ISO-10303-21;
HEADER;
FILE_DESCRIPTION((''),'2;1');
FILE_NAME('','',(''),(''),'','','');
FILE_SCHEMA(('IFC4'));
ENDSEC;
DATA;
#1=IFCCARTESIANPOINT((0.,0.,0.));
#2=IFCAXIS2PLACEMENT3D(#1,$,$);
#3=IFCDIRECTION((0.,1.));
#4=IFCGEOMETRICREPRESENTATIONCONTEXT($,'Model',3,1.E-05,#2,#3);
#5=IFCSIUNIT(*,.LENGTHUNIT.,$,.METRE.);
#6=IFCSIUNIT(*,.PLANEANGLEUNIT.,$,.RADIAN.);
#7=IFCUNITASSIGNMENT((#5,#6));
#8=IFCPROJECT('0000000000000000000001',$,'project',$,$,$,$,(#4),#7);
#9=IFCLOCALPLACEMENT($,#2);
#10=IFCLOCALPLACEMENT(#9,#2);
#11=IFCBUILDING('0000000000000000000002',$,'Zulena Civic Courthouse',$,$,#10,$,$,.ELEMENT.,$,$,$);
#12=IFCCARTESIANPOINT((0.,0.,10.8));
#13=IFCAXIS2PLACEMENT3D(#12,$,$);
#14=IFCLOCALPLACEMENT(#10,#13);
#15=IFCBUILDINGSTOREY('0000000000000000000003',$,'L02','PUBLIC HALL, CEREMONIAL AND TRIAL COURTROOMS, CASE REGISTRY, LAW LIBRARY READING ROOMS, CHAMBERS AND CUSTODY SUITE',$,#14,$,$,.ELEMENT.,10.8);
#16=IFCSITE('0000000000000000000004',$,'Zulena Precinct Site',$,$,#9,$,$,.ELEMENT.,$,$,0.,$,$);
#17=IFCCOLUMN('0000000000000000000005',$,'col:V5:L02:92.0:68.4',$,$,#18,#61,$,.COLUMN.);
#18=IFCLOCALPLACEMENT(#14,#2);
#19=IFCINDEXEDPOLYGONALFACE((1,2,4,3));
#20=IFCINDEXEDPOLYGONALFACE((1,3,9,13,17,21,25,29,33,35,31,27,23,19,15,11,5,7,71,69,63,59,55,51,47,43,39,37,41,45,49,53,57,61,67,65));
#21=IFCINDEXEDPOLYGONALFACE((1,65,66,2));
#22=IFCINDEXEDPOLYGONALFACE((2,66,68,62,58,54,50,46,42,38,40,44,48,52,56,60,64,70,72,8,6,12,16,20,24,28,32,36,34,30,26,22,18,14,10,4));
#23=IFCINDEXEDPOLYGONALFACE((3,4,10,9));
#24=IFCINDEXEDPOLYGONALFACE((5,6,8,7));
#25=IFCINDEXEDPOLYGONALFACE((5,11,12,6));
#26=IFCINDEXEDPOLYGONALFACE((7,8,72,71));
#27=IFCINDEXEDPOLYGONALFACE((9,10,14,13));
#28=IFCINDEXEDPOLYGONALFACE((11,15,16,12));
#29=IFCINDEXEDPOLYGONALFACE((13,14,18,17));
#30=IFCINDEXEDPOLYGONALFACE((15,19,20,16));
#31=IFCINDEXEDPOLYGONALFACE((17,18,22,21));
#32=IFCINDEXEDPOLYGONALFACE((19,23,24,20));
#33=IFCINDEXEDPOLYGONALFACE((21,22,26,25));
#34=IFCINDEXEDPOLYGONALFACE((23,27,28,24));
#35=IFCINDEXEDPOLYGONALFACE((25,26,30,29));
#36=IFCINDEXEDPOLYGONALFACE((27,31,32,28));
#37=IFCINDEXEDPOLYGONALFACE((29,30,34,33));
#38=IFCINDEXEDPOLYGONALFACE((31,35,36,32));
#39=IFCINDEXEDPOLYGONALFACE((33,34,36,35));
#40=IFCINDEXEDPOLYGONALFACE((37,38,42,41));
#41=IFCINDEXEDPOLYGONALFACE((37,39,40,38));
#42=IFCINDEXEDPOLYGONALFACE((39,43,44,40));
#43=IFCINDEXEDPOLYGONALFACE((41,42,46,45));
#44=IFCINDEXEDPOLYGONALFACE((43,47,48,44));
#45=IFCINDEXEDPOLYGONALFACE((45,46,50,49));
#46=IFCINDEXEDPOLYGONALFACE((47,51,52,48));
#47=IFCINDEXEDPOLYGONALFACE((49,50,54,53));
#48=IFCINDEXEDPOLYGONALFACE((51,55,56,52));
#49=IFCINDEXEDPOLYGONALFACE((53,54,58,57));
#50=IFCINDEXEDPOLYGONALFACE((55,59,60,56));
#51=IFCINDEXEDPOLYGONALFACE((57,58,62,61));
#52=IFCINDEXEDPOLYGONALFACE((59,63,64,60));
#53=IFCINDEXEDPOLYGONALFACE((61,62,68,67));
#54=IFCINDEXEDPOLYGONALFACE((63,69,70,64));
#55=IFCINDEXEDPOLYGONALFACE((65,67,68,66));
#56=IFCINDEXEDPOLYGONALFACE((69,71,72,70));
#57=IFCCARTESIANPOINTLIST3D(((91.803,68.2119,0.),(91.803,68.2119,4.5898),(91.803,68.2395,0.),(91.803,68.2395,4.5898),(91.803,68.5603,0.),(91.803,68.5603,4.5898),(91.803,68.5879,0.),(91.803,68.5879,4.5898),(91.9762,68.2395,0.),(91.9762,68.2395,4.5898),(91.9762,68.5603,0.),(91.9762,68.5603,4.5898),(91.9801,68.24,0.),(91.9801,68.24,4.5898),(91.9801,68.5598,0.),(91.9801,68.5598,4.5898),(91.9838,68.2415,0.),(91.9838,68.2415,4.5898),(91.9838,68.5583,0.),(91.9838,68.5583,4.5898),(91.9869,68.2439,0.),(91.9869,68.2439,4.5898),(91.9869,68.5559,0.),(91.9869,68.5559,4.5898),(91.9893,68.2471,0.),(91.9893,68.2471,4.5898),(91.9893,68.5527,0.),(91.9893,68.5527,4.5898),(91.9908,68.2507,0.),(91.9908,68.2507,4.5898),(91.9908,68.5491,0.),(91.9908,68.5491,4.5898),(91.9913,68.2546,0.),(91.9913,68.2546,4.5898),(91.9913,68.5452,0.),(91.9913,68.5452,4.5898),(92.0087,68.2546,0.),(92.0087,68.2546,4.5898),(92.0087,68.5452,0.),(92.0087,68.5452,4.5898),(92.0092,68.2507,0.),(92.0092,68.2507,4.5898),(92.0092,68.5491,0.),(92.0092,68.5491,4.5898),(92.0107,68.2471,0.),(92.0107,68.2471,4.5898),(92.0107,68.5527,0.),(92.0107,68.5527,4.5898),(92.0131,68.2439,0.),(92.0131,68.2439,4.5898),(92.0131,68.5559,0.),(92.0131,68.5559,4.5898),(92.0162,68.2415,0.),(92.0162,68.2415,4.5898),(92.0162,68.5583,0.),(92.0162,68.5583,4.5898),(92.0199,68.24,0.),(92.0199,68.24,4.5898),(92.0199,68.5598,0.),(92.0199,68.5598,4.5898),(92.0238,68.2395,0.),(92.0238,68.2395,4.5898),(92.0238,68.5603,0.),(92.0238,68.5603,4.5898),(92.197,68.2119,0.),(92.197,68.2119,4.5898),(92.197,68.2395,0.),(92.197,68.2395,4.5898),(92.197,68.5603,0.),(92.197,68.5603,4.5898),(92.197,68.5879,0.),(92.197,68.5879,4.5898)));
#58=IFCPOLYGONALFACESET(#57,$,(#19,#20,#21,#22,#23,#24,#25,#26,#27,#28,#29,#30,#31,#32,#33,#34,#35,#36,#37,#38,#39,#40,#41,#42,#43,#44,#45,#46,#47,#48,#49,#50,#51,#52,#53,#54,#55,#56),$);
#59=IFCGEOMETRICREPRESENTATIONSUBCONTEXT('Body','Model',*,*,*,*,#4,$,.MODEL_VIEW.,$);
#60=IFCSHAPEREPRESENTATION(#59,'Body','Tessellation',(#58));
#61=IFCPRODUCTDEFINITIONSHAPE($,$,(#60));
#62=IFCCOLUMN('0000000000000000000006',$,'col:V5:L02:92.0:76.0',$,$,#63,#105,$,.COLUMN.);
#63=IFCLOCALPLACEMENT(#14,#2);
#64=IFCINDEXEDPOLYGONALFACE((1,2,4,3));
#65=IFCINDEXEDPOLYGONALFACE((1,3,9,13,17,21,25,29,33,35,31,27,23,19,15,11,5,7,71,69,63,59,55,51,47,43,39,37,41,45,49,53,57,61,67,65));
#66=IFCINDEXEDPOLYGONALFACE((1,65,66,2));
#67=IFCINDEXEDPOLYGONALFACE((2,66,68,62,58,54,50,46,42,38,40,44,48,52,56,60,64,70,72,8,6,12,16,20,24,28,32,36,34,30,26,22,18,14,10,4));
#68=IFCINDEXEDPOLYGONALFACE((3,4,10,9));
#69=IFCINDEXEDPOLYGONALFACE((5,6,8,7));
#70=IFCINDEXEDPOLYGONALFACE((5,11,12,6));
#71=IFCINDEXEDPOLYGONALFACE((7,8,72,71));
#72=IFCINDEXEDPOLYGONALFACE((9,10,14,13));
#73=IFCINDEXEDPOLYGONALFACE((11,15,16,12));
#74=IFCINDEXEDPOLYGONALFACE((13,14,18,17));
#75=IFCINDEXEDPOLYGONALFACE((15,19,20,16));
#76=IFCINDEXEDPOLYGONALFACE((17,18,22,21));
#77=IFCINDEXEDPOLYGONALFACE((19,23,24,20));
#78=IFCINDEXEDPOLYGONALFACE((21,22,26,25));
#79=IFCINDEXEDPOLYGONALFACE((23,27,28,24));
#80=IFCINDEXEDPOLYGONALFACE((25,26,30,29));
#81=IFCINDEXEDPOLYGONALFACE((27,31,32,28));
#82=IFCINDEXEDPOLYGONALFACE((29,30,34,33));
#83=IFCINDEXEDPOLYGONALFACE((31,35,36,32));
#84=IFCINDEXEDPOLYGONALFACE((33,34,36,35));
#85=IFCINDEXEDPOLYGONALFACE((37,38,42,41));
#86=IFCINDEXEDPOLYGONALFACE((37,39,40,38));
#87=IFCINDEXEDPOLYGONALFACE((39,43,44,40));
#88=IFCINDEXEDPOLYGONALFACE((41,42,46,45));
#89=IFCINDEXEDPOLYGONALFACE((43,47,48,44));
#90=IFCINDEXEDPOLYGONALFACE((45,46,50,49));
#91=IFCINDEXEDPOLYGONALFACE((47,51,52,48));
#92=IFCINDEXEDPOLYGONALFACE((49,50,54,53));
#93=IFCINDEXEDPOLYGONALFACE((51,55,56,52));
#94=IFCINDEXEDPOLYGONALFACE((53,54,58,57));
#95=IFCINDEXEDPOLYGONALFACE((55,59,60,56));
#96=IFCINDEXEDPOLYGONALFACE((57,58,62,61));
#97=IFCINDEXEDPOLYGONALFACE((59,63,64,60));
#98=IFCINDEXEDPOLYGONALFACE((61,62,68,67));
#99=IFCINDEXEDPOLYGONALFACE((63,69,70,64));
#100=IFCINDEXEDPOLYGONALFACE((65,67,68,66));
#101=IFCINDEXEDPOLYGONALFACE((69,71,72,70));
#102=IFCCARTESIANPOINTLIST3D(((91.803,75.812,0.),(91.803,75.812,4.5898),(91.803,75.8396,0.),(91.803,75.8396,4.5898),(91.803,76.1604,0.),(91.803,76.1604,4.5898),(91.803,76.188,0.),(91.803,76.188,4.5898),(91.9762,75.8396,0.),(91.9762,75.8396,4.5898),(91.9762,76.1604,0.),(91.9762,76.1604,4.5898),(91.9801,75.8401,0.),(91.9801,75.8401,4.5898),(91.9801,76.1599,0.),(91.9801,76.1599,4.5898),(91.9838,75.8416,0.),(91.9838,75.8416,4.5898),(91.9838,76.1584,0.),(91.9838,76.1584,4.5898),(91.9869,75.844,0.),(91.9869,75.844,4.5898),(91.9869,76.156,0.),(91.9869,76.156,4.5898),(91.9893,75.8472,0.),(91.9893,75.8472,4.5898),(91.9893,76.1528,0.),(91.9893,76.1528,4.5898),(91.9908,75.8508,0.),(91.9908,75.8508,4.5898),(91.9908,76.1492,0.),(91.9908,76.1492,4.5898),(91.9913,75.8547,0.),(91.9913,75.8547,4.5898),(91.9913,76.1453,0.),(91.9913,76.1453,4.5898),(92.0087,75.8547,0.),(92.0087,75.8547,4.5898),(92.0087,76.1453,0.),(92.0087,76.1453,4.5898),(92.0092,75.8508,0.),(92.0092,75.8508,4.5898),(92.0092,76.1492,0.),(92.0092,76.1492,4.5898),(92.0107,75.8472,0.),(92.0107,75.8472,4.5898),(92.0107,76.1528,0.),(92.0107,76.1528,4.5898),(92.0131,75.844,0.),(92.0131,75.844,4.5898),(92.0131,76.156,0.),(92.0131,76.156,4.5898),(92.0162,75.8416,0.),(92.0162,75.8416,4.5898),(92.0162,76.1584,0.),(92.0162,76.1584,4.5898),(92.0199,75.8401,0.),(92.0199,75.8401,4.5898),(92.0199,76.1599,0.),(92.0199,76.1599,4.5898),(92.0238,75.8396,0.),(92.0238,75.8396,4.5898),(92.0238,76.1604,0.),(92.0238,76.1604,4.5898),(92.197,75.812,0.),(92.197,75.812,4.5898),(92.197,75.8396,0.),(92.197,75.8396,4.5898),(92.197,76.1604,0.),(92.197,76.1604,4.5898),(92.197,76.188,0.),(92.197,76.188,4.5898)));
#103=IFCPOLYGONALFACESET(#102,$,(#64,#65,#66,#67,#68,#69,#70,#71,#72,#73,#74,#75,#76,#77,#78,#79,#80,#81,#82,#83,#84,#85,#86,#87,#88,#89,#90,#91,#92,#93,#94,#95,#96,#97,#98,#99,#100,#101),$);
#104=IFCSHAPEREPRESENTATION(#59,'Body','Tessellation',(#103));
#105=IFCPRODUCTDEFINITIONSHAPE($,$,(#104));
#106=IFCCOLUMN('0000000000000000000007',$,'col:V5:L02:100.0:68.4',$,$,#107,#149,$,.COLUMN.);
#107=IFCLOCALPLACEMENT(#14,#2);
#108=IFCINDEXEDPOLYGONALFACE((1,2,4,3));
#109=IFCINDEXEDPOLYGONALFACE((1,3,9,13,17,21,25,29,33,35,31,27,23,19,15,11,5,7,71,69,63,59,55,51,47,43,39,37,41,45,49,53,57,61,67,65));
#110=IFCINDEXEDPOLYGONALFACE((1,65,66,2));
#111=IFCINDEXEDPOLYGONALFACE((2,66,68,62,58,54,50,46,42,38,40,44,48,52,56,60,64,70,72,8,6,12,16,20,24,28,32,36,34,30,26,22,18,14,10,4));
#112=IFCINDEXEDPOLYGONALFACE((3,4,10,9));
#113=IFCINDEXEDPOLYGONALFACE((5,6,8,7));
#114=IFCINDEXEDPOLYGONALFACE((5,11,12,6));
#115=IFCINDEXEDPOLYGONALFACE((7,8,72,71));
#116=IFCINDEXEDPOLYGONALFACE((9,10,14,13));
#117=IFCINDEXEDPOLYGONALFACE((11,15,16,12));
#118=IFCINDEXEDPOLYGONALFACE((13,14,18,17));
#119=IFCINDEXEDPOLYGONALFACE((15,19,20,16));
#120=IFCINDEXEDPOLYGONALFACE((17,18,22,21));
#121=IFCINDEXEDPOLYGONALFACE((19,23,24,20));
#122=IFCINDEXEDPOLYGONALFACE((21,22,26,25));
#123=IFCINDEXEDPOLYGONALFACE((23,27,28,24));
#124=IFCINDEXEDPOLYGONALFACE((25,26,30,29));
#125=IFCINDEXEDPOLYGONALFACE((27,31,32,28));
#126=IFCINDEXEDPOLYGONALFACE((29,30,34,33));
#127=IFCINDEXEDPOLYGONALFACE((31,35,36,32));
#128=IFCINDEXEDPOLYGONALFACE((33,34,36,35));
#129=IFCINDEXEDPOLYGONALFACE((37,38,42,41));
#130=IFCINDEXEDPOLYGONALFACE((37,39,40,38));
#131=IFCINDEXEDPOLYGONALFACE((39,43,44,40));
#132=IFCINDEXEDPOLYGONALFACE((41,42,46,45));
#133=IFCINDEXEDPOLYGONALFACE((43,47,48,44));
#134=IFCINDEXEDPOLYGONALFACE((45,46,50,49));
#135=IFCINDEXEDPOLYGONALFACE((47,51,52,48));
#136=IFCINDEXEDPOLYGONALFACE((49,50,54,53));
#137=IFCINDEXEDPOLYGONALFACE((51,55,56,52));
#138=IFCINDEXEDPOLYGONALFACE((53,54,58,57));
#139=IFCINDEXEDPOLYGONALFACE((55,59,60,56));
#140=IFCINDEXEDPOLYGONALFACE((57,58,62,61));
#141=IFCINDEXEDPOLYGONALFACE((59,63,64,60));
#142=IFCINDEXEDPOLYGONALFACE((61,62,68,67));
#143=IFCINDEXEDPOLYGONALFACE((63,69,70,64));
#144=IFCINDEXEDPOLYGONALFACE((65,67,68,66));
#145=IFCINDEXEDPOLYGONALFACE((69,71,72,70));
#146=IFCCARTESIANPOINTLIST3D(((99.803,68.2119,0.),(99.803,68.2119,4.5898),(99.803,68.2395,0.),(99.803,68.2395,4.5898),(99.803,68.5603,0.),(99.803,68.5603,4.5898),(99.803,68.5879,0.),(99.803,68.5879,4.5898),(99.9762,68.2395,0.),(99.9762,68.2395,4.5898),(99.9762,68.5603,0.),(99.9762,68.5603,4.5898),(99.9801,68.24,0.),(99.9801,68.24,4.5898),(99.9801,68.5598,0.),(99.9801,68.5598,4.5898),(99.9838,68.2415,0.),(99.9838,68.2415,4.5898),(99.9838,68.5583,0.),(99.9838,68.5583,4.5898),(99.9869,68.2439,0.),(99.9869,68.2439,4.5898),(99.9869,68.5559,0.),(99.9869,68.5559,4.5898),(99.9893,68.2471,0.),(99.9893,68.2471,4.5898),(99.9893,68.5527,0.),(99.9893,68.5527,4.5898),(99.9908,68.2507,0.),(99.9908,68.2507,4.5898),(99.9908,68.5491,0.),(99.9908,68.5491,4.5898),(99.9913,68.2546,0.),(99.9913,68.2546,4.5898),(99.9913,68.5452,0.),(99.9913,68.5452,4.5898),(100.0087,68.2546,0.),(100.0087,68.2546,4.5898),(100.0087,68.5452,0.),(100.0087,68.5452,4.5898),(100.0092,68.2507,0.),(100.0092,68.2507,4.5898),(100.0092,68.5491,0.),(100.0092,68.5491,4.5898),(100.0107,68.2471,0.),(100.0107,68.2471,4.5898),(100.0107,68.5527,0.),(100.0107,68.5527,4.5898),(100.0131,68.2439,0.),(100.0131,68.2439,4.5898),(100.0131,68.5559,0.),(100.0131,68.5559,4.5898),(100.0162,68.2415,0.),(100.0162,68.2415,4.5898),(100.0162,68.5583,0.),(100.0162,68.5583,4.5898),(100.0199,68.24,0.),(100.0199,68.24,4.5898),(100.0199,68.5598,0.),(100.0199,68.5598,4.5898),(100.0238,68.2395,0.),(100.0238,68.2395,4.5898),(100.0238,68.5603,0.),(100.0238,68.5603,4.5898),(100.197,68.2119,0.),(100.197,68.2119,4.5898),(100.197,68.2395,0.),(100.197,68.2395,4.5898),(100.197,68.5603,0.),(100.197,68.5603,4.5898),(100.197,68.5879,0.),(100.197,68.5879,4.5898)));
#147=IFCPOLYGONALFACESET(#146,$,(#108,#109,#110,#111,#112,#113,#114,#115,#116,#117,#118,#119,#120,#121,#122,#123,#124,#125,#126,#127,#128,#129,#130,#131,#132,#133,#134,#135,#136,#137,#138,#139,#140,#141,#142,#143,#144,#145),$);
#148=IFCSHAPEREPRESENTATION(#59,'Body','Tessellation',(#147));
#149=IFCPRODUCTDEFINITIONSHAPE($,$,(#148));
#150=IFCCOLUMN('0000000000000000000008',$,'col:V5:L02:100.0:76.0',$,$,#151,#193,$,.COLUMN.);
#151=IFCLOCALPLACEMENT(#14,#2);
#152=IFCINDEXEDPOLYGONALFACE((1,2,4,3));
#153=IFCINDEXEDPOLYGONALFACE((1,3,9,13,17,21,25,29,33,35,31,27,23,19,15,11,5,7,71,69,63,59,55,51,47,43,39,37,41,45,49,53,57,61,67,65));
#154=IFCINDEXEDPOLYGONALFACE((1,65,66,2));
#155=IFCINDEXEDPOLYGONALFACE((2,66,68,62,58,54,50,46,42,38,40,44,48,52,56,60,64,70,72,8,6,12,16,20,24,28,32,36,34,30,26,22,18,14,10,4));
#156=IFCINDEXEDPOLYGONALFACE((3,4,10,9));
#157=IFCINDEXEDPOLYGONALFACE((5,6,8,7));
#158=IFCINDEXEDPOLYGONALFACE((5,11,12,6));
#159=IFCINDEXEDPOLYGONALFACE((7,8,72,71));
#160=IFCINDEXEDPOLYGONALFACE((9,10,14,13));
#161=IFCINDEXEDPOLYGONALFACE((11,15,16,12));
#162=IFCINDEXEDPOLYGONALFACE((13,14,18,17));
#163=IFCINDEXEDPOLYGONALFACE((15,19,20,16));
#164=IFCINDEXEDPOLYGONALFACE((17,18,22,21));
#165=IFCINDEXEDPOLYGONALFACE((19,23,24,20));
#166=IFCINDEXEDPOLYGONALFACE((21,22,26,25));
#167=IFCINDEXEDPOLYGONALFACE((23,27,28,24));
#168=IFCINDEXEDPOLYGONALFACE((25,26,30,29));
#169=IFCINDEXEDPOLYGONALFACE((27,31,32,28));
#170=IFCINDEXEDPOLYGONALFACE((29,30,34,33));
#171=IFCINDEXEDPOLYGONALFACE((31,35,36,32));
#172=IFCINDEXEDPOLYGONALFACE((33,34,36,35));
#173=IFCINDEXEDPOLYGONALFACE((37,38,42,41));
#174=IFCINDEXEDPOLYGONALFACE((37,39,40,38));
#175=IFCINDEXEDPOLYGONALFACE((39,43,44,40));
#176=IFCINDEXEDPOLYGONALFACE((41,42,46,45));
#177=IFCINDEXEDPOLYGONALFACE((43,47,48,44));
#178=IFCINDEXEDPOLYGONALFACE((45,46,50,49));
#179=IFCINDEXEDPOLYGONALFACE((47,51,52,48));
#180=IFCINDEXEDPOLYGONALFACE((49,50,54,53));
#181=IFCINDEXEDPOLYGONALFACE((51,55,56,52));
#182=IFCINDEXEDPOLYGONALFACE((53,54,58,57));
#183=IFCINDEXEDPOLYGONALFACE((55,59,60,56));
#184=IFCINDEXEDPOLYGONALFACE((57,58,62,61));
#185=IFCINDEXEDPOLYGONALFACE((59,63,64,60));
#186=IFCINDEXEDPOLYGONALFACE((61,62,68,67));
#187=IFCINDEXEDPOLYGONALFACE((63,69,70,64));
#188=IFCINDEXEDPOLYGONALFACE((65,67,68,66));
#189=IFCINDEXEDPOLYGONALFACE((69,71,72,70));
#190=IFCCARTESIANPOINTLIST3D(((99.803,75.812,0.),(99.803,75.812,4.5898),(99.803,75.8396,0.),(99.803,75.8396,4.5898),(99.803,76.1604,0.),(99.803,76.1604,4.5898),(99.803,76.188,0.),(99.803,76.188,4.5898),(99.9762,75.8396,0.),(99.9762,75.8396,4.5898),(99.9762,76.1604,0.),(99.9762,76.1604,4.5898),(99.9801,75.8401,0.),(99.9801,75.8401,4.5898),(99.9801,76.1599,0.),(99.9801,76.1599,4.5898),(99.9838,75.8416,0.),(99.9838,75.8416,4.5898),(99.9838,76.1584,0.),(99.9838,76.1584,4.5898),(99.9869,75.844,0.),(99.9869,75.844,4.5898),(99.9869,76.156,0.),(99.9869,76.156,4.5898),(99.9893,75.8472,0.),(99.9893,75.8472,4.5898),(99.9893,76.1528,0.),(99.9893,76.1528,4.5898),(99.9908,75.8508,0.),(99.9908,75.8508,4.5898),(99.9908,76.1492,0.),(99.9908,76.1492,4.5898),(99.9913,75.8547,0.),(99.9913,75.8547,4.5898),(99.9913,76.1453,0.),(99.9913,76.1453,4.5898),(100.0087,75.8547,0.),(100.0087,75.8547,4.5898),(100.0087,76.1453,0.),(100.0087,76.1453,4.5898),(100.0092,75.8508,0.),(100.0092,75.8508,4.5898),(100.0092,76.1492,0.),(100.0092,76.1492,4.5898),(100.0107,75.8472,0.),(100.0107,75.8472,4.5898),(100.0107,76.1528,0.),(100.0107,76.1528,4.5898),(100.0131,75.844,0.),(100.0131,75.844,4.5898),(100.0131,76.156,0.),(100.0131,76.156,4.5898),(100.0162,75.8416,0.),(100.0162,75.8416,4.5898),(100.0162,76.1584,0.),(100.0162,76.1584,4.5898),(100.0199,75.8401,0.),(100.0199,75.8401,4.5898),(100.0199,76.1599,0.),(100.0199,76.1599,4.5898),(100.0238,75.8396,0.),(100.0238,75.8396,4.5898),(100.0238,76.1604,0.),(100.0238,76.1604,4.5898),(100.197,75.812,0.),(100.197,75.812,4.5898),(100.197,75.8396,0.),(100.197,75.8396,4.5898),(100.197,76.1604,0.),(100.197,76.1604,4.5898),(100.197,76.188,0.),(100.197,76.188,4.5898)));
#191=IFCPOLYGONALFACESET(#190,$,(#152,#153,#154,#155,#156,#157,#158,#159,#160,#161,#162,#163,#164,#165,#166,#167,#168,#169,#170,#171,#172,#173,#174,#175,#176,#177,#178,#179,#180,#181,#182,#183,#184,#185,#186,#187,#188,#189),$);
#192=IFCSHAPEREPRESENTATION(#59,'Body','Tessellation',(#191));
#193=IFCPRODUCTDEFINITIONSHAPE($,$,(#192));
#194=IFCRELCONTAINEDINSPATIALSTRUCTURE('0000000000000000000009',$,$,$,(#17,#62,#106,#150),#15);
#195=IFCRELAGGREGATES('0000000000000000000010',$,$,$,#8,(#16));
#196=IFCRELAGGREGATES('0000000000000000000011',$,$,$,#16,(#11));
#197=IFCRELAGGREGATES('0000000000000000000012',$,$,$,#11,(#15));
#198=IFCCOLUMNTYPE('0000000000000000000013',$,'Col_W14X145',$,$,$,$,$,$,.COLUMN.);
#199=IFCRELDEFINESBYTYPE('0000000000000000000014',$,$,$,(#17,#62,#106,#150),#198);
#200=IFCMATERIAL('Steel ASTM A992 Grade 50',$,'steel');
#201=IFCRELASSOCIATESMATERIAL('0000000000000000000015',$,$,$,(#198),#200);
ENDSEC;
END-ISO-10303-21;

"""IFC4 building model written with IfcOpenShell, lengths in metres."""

from ifc_helpers import new_model, si_unit, direction, frame, origin, origin_2d, place, context, subcontext, project, spatial, i_section, extrude, material, material_profile, profile_set, type_object, element, save


model = new_model("IFC4")

# Units and contexts
model_context = context("Model", 3, precision=1e-05, world=origin(), true_north=direction((0.0, 1.0)))
body_context = subcontext(model_context, "Body", "Model", "MODEL_VIEW")
ifc_project = project(units=[si_unit("LENGTHUNIT", "METRE"), si_unit("PLANEANGLEUNIT", "RADIAN")], contexts=[model_context])

# Site, building, storey
site_placement = place(None, origin())
site = spatial("IfcSite", under=ifc_project, at=site_placement, Name="Zulena Precinct Site", CompositionType="ELEMENT", RefElevation=0.0)
building_placement = place(site_placement, origin())
building = spatial("IfcBuilding", under=site, at=building_placement, Name="Zulena Civic Courthouse", CompositionType="ELEMENT")
storey_placement = place(building_placement, frame((0.0, 0.0, 10.8)))
storey = spatial("IfcBuildingStorey", under=building, at=storey_placement, Name="L02", Description="PUBLIC HALL, CEREMONIAL AND TRIAL COURTROOMS, CASE REGISTRY, LAW LIBRARY READING ROOMS, CHAMBERS AND CUSTODY SUITE", CompositionType="ELEMENT", Elevation=10.8)

# Columns
ifc_material_1 = material(Name="Steel ASTM A992 Grade 50", Category="steel")
ifc_material_profile_1 = material_profile(ifc_material_1, i_section(OverallWidth=0.394, OverallDepth=0.376, WebThickness=0.0173, FlangeThickness=0.0276, FilletRadius=0.0151, at=origin_2d()), Name="W14X145")
ifc_profile_set_1 = profile_set([ifc_material_profile_1], Name="Steel ASTM A992 Grade 50")
column_type_1 = type_object("IfcColumnType", Name="Col_W14X145", PredefinedType="COLUMN", material=ifc_profile_set_1)
for number, where, z_axis, x_axis, name in (
    (1, (92.0, 68.3999, 0.0), (0.0, 0.0, 1.0), (1.0, 0.0, 0.0), "col:V5:L02:92.0:68.4"),
    (2, (92.0, 76.0, 0.0), (0.0, 0.0, 1.0), (1.0, 0.0, 0.0), "col:V5:L02:92.0:76.0"),
    (3, (100.0, 68.3999, 0.0), (0.0, 0.0, 1.0), (1.0, 0.0, 0.0), "col:V5:L02:100.0:68.4"),
    (4, (100.0, 76.0, 0.0), (0.0, 0.0, 1.0), (1.0, 0.0, 0.0), "col:V5:L02:100.0:76.0"),
):
    element("IfcColumn", number, at=place(storey_placement, frame(where, z_axis=z_axis, x_axis=x_axis)), inside=storey, type_object=column_type_1, Name=name, PredefinedType="COLUMN", context=body_context, shape_type="SweptSolid", body=[
        extrude(i_section(OverallWidth=0.394, OverallDepth=0.376, WebThickness=0.0173, FlangeThickness=0.0276, FilletRadius=0.0151, at=origin_2d()), origin(), (0.0, 0.0, 1.0), 4.5898),
    ])

save(model, "model.ifc")
